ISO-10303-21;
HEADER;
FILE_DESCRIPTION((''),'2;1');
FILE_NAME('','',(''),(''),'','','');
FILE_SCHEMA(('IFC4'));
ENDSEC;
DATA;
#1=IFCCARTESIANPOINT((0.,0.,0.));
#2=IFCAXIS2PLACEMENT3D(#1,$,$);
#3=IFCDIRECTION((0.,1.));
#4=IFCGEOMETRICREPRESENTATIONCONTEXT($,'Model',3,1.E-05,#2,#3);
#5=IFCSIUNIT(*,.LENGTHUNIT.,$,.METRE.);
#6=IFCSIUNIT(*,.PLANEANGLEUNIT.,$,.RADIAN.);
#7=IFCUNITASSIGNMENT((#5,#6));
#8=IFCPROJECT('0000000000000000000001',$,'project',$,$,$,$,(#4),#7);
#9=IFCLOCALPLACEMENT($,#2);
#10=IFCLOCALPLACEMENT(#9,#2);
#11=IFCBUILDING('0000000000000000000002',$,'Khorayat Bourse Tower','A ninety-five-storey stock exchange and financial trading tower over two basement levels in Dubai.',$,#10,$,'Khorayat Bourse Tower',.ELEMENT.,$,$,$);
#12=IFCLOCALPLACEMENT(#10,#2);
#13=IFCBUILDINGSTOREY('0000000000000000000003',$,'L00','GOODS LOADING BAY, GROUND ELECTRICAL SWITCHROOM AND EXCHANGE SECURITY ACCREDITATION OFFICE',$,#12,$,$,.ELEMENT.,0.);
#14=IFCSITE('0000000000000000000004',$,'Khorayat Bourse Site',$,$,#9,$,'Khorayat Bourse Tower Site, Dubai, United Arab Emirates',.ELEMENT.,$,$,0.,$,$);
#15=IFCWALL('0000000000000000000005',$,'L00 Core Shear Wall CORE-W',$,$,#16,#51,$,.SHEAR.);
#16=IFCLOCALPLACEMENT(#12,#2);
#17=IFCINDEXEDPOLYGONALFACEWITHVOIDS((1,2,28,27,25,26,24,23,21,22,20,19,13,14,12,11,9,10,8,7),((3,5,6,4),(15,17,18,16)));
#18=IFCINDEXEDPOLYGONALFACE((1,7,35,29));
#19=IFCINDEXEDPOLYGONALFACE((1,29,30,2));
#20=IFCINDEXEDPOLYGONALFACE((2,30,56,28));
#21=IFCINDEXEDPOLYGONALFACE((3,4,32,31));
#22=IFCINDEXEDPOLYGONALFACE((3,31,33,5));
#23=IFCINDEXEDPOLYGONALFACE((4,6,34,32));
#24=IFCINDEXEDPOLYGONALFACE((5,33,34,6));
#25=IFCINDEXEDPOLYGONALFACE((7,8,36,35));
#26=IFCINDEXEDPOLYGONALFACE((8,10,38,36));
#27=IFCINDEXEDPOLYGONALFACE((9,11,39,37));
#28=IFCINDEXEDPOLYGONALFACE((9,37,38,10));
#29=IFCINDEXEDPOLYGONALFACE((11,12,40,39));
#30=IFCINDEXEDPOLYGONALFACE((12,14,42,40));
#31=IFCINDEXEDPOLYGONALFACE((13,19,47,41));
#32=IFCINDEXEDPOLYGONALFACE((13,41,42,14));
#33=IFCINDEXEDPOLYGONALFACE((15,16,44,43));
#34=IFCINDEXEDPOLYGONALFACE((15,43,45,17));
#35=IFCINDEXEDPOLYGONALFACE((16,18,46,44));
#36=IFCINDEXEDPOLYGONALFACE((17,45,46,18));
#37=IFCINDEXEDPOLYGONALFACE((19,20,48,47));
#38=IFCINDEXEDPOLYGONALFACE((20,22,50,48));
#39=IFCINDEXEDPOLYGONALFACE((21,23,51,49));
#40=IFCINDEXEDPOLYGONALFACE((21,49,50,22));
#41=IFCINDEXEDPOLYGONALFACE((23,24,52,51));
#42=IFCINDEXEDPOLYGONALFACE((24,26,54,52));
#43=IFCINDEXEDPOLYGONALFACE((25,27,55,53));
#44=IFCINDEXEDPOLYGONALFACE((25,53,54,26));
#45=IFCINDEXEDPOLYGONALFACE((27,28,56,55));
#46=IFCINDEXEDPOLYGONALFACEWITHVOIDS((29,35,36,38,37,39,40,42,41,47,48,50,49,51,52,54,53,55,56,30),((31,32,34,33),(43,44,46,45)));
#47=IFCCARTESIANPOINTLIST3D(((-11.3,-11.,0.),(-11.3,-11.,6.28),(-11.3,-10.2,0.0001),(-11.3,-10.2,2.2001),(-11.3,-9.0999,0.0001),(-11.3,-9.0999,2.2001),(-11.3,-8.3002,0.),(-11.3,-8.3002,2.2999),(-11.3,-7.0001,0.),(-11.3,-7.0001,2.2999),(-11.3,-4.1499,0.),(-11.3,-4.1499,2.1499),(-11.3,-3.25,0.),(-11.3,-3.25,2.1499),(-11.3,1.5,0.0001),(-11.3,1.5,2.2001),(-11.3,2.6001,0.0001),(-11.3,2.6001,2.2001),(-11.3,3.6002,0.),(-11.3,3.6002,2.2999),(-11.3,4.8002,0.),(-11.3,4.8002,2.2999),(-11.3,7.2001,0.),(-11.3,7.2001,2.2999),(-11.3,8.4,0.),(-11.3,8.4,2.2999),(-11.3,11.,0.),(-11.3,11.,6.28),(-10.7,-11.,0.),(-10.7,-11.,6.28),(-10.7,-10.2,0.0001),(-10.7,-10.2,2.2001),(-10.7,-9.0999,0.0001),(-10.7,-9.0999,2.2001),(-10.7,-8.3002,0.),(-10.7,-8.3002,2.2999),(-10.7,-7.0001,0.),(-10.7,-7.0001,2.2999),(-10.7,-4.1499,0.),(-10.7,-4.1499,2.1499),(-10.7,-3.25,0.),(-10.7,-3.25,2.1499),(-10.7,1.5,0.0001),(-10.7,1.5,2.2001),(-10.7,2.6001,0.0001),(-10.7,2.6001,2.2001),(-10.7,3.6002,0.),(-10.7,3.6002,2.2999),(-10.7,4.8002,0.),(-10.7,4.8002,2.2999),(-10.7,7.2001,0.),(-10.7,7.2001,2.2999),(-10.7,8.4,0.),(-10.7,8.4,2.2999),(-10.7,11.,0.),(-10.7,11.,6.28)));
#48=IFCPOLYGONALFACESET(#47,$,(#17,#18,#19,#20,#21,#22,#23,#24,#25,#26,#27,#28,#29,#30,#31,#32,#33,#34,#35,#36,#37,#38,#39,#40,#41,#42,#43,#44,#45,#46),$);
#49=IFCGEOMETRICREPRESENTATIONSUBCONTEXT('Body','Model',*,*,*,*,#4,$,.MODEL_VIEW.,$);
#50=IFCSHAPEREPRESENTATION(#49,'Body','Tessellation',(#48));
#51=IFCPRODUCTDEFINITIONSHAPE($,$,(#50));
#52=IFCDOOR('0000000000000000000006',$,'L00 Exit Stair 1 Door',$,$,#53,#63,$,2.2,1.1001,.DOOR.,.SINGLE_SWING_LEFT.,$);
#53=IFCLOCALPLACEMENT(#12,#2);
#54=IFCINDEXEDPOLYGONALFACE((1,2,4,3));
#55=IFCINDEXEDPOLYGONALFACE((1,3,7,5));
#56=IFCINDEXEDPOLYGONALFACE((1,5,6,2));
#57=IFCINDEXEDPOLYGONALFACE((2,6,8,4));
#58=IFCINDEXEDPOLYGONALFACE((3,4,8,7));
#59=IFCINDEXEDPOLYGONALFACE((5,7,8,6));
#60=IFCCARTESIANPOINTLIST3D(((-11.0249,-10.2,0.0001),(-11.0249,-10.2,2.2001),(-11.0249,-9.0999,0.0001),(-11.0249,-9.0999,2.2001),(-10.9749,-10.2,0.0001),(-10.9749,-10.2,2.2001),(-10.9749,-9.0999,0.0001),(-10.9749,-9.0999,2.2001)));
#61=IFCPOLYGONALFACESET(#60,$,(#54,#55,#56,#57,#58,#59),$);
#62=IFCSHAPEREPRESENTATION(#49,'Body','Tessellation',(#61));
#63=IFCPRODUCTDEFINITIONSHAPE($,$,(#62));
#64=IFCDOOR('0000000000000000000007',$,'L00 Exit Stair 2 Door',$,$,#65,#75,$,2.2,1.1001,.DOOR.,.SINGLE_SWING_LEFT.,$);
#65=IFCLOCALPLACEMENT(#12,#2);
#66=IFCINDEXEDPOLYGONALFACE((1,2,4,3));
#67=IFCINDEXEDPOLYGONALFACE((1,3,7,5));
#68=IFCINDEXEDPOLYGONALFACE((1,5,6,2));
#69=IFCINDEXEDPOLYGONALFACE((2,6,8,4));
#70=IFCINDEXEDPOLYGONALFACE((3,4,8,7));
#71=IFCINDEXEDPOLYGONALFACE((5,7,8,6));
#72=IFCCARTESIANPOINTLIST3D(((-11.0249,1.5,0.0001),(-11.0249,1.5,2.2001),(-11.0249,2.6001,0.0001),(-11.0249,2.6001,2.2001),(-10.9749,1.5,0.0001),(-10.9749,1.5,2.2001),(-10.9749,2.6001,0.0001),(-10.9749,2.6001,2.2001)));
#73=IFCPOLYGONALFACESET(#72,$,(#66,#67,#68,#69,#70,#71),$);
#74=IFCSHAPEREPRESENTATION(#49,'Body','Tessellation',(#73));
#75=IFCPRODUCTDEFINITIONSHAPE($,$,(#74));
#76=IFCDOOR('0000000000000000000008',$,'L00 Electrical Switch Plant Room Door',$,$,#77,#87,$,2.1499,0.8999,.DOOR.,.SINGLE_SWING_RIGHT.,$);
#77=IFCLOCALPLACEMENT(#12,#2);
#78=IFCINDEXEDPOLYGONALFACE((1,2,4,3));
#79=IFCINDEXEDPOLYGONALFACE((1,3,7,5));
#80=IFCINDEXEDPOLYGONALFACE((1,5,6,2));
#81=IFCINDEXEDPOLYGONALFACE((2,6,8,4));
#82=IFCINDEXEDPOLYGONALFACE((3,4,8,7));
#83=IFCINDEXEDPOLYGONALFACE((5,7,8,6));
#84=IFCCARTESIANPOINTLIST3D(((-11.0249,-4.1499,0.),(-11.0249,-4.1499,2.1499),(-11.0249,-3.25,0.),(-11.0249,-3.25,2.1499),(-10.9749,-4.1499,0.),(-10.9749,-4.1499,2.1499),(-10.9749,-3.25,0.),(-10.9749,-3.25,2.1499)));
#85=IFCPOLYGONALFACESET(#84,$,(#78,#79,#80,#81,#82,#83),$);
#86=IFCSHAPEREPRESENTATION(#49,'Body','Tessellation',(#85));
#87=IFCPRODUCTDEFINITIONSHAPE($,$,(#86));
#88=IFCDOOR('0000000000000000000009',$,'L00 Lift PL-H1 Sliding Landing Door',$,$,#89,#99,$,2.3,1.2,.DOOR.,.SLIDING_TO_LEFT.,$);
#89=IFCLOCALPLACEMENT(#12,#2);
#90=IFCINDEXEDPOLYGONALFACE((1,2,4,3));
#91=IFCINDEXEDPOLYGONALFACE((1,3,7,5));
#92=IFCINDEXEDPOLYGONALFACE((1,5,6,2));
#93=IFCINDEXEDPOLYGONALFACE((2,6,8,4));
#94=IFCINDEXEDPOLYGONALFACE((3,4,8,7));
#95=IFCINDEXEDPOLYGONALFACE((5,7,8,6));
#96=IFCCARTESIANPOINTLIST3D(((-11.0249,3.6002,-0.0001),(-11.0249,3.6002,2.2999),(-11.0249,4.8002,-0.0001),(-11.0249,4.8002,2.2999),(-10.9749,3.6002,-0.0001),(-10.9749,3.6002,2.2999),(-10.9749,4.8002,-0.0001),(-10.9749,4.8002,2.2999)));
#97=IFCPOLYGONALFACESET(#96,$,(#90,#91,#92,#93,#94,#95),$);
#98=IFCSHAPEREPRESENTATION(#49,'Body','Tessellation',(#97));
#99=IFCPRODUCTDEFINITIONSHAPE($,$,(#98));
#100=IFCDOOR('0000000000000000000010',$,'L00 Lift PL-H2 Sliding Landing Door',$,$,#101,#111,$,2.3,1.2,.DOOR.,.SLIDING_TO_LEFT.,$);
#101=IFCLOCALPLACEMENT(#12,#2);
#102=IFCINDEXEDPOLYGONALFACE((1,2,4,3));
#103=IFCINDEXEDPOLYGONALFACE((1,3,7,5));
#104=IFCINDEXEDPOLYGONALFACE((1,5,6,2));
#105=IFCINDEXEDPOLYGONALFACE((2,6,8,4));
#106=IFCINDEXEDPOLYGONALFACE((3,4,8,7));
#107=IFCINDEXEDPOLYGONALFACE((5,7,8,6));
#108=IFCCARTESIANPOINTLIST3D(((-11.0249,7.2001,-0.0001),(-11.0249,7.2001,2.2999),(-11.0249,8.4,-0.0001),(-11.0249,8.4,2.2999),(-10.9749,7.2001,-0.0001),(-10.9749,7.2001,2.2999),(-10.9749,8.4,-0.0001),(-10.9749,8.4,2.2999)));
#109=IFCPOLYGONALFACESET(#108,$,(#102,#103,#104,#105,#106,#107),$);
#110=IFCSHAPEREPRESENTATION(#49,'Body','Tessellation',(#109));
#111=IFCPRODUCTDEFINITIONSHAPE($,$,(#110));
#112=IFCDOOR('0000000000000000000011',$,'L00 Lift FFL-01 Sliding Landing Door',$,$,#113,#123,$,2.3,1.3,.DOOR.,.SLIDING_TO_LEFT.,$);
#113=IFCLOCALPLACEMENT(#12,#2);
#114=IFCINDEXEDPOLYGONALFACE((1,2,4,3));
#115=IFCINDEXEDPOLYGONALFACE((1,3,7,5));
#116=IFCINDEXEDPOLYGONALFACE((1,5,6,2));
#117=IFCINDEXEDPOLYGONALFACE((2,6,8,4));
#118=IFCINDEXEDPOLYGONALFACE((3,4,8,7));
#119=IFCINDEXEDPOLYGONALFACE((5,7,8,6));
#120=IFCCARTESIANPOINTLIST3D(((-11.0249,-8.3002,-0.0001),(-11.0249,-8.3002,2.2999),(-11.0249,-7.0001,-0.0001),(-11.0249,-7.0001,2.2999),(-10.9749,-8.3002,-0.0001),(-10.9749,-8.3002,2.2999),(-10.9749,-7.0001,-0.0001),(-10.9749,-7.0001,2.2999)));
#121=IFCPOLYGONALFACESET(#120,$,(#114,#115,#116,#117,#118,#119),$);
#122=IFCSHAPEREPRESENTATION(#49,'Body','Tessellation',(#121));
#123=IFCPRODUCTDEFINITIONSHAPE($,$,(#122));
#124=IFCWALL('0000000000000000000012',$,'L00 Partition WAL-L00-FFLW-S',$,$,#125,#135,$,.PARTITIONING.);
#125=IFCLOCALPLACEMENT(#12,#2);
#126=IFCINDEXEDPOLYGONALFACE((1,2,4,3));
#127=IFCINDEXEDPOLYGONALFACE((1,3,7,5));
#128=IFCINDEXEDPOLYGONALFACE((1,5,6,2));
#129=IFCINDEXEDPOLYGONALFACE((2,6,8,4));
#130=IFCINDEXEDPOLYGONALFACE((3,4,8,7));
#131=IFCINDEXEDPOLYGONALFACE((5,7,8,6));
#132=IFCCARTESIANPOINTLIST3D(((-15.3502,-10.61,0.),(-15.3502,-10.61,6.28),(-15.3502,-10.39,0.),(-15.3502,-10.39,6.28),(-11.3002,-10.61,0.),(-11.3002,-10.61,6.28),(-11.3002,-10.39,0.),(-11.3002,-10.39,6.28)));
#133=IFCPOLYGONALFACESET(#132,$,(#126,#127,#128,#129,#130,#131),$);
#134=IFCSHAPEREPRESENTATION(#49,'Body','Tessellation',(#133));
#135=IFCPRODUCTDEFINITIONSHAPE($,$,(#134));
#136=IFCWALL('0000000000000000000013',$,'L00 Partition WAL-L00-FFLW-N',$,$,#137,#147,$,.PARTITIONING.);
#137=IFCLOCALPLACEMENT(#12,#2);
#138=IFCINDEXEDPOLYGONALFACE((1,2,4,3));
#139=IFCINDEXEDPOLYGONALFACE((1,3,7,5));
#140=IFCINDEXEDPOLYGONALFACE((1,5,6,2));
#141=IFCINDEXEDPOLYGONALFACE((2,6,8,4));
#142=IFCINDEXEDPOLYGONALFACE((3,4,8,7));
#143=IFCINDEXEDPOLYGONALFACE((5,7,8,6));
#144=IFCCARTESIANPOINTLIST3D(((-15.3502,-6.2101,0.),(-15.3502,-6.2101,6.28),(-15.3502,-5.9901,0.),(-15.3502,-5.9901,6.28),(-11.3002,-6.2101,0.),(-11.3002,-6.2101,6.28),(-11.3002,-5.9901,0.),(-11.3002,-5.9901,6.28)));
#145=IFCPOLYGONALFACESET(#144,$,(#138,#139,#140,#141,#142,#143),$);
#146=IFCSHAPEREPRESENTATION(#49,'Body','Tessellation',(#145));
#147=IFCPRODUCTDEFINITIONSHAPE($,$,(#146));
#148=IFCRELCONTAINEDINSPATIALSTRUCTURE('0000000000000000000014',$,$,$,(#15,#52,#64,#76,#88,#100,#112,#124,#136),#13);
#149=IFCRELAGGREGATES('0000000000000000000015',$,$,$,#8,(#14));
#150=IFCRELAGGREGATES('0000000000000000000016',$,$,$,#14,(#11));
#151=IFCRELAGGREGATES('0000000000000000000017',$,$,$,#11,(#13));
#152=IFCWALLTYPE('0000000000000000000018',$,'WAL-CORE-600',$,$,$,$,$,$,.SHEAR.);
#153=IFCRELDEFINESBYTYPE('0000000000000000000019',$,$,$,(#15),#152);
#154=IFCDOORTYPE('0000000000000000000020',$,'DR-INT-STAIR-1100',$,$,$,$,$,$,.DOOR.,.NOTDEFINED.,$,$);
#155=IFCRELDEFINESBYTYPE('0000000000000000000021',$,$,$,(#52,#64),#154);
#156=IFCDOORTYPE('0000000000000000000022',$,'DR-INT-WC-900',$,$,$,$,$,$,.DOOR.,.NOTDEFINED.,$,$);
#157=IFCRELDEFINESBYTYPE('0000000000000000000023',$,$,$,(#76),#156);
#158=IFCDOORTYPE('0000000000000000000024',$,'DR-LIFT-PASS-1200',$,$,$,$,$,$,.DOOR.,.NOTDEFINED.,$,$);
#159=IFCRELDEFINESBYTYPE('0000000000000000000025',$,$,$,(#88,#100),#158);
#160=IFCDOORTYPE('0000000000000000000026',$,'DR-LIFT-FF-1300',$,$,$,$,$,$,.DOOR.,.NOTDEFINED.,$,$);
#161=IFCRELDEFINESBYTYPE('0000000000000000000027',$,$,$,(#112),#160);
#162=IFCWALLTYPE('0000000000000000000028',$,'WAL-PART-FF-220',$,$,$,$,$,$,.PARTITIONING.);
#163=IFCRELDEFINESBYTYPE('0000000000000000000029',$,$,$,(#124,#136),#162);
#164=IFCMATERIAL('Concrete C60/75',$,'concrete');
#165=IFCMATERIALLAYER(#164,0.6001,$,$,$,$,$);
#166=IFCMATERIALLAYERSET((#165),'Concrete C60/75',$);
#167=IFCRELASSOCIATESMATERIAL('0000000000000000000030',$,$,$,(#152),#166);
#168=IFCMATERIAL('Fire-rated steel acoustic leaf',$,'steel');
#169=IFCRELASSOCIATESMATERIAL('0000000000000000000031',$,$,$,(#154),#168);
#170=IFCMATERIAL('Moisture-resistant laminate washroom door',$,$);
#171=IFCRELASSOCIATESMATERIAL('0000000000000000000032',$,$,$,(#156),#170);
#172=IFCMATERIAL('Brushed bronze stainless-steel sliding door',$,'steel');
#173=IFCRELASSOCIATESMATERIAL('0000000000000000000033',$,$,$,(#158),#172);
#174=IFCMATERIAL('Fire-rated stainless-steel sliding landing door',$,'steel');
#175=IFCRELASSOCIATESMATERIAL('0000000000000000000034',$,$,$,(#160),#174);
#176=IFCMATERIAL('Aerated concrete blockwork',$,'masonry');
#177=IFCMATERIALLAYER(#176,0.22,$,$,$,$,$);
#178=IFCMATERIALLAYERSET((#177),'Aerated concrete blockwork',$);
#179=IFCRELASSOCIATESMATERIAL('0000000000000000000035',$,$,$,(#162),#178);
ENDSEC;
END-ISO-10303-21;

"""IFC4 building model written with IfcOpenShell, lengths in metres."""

from ifc_helpers import new_model, si_unit, direction, frame, frame_2d, origin, place, context, subcontext, project, spatial, rectangle, extrude, source, transform, mapped, material, layer, layer_set, type_object, element, fill, save


model = new_model("IFC4")

# Units and contexts
model_context = context("Model", 3, precision=1e-05, world=origin(), true_north=direction((0.0, 1.0)))
body_context = subcontext(model_context, "Body", "Model", "MODEL_VIEW")
ifc_project = project(units=[si_unit("LENGTHUNIT", "METRE"), si_unit("PLANEANGLEUNIT", "RADIAN")], contexts=[model_context])

# Site, building, storey
site_placement = place(None, origin())
site = spatial("IfcSite", under=ifc_project, at=site_placement, Name="Khorayat Bourse Site", LongName="Khorayat Bourse Tower Site, Dubai, United Arab Emirates", CompositionType="ELEMENT", RefElevation=0.0)
building_placement = place(site_placement, origin())
building = spatial("IfcBuilding", under=site, at=building_placement, Name="Khorayat Bourse Tower", Description="A ninety-five-storey stock exchange and financial trading tower over two basement levels in Dubai.", LongName="Khorayat Bourse Tower", CompositionType="ELEMENT")
storey_placement = place(building_placement, origin())
storey = spatial("IfcBuildingStorey", under=building, at=storey_placement, Name="L00", Description="GOODS LOADING BAY, GROUND ELECTRICAL SWITCHROOM AND EXCHANGE SECURITY ACCREDITATION OFFICE", CompositionType="ELEMENT", Elevation=0.0)

# Wall, openings, doors
ifc_material_1 = material(Name="Concrete C60/75", Category="concrete")
ifc_layer_1 = layer(ifc_material_1, 0.6001)
ifc_layer_set_1 = layer_set([ifc_layer_1], Name="Concrete C60/75")
wall_type_1 = type_object("IfcWallType", Name="WAL-CORE-600", PredefinedType="SHEAR", material=ifc_layer_set_1)
shared_shape_1 = source(origin(), body_context, "Body", "SweptSolid", [
    extrude(rectangle(XDim=22.0, YDim=0.6001, at=frame_2d((11.0, 0.0))), origin(), (0.0, 0.0, 1.0), 6.28),
])
wall_1_placement = place(storey_placement, frame((-11.0, -11.0, 0.0), z_axis=(0.0, 0.0, 1.0), x_axis=(0.0, 1.0, 0.0)))
wall_1 = element("IfcWall", 1, at=wall_1_placement, inside=storey, type_object=wall_type_1, Name="L00 Core Shear Wall CORE-W", PredefinedType="SHEAR", context=body_context, shape_type="MappedRepresentation", body=[
    mapped(shared_shape_1, transform((0.0, 0.0, 0.0), scale=1.0)),
])
shared_shape_2 = source(origin(), body_context, "Body", "SweptSolid", [
    extrude(rectangle(XDim=1.1001, YDim=2.2, at=frame_2d((0.55, 1.1001))), frame((0.0, 0.3101, 0.0), z_axis=(0.0, -1.0, 0.0), x_axis=(1.0, 0.0, 0.0)), (0.0, 0.0, 1.0), 0.6201),
])
opening_1_placement = place(wall_1_placement, frame((0.8, 0.0, 0.0)))
opening_1 = element("IfcOpeningElement", 2, at=opening_1_placement, cuts=wall_1, PredefinedType="OPENING", context=body_context, shape_type="MappedRepresentation", body=[
    mapped(shared_shape_2, transform((0.0, 0.0, 0.0), scale=1.0)),
])
opening_2_placement = place(wall_1_placement, frame((12.5, 0.0, 0.0)))
opening_2 = element("IfcOpeningElement", 3, at=opening_2_placement, cuts=wall_1, PredefinedType="OPENING", context=body_context, shape_type="MappedRepresentation", body=[
    mapped(shared_shape_2, transform((0.0, 0.0, 0.0), scale=1.0)),
])
shared_shape_3 = source(origin(), body_context, "Body", "SweptSolid", [
    extrude(rectangle(XDim=0.8999, YDim=2.1499, at=frame_2d((0.45, 1.075))), frame((0.0, 0.3101, 0.0), z_axis=(0.0, -1.0, 0.0), x_axis=(1.0, 0.0, 0.0)), (0.0, 0.0, 1.0), 0.6201),
])
opening_3_placement = place(wall_1_placement, frame((6.8501, 0.0, 0.0)))
opening_3 = element("IfcOpeningElement", 4, at=opening_3_placement, cuts=wall_1, PredefinedType="OPENING", context=body_context, shape_type="MappedRepresentation", body=[
    mapped(shared_shape_3, transform((0.0, 0.0, 0.0), scale=1.0)),
])
shared_shape_4 = source(origin(), body_context, "Body", "SweptSolid", [
    extrude(rectangle(XDim=1.2, YDim=2.3, at=frame_2d((0.6001, 1.1499))), frame((0.0, 0.3101, 0.0), z_axis=(0.0, -1.0, 0.0), x_axis=(1.0, 0.0, 0.0)), (0.0, 0.0, 1.0), 0.6201),
])
opening_4_placement = place(wall_1_placement, frame((14.6001, 0.0, 0.0)))
opening_4 = element("IfcOpeningElement", 5, at=opening_4_placement, cuts=wall_1, PredefinedType="OPENING", context=body_context, shape_type="MappedRepresentation", body=[
    mapped(shared_shape_4, transform((0.0, 0.0, 0.0), scale=1.0)),
])
opening_5_placement = place(wall_1_placement, frame((18.2, 0.0, 0.0)))
opening_5 = element("IfcOpeningElement", 6, at=opening_5_placement, cuts=wall_1, PredefinedType="OPENING", context=body_context, shape_type="MappedRepresentation", body=[
    mapped(shared_shape_4, transform((0.0, 0.0, 0.0), scale=1.0)),
])
shared_shape_5 = source(origin(), body_context, "Body", "SweptSolid", [
    extrude(rectangle(XDim=1.3, YDim=2.3, at=frame_2d((0.6499, 1.1499))), frame((0.0, 0.3101, 0.0), z_axis=(0.0, -1.0, 0.0), x_axis=(1.0, 0.0, 0.0)), (0.0, 0.0, 1.0), 0.6201),
])
opening_6_placement = place(wall_1_placement, frame((2.7, 0.0, 0.0)))
opening_6 = element("IfcOpeningElement", 7, at=opening_6_placement, cuts=wall_1, PredefinedType="OPENING", context=body_context, shape_type="MappedRepresentation", body=[
    mapped(shared_shape_5, transform((0.0, 0.0, 0.0), scale=1.0)),
])
ifc_material_2 = material(Name="Fire-rated steel acoustic leaf", Category="steel")
door_type_1 = type_object("IfcDoorType", Name="DR-INT-STAIR-1100", OperationType="NOTDEFINED", PredefinedType="DOOR", material=ifc_material_2)
shared_shape_6 = source(origin(), body_context, "Body", "SweptSolid", [
    extrude(rectangle(XDim=1.1001, YDim=2.2, at=frame_2d((0.55, 1.1001))), frame((0.0, 0.0249, 0.0), z_axis=(0.0, -1.0, 0.0), x_axis=(1.0, 0.0, 0.0)), (0.0, 0.0, 1.0), 0.05),
])
door_1_placement = place(opening_1_placement, origin())
door_1 = element("IfcDoor", 8, at=door_1_placement, inside=storey, type_object=door_type_1, Name="L00 Exit Stair 1 Door", OperationType="SINGLE_SWING_LEFT", OverallHeight=2.2, OverallWidth=1.1001, PredefinedType="DOOR", context=body_context, shape_type="MappedRepresentation", body=[
    mapped(shared_shape_6, transform((0.0, 0.0, 0.0), scale=1.0)),
])
fill(opening_1, door_1)
door_2_placement = place(opening_2_placement, origin())
door_2 = element("IfcDoor", 9, at=door_2_placement, inside=storey, type_object=door_type_1, Name="L00 Exit Stair 2 Door", OperationType="SINGLE_SWING_LEFT", OverallHeight=2.2, OverallWidth=1.1001, PredefinedType="DOOR", context=body_context, shape_type="MappedRepresentation", body=[
    mapped(shared_shape_6, transform((0.0, 0.0, 0.0), scale=1.0)),
])
fill(opening_2, door_2)
ifc_material_3 = material(Name="Moisture-resistant laminate washroom door")
door_type_2 = type_object("IfcDoorType", Name="DR-INT-WC-900", OperationType="NOTDEFINED", PredefinedType="DOOR", material=ifc_material_3)
shared_shape_7 = source(origin(), body_context, "Body", "SweptSolid", [
    extrude(rectangle(XDim=0.8999, YDim=2.1499, at=frame_2d((0.45, 1.075))), frame((0.0, 0.0249, 0.0), z_axis=(0.0, -1.0, 0.0), x_axis=(1.0, 0.0, 0.0)), (0.0, 0.0, 1.0), 0.05),
])
door_3_placement = place(opening_3_placement, origin())
door_3 = element("IfcDoor", 10, at=door_3_placement, inside=storey, type_object=door_type_2, Name="L00 Electrical Switch Plant Room Door", OperationType="SINGLE_SWING_RIGHT", OverallHeight=2.1499, OverallWidth=0.8999, PredefinedType="DOOR", context=body_context, shape_type="MappedRepresentation", body=[
    mapped(shared_shape_7, transform((0.0, 0.0, 0.0), scale=1.0)),
])
fill(opening_3, door_3)
ifc_material_4 = material(Name="Brushed bronze stainless-steel sliding door", Category="steel")
door_type_3 = type_object("IfcDoorType", Name="DR-LIFT-PASS-1200", OperationType="NOTDEFINED", PredefinedType="DOOR", material=ifc_material_4)
shared_shape_8 = source(origin(), body_context, "Body", "SweptSolid", [
    extrude(rectangle(XDim=1.2, YDim=2.3, at=frame_2d((0.6001, 1.1499))), frame((0.0, 0.0249, 0.0), z_axis=(0.0, -1.0, 0.0), x_axis=(1.0, 0.0, 0.0)), (0.0, 0.0, 1.0), 0.05),
])
door_4_placement = place(opening_4_placement, origin())
door_4 = element("IfcDoor", 11, at=door_4_placement, inside=storey, type_object=door_type_3, Name="L00 Lift PL-H1 Sliding Landing Door", OperationType="SLIDING_TO_LEFT", OverallHeight=2.3, OverallWidth=1.2, PredefinedType="DOOR", context=body_context, shape_type="MappedRepresentation", body=[
    mapped(shared_shape_8, transform((0.0, 0.0, 0.0), scale=1.0)),
])
fill(opening_4, door_4)
door_5_placement = place(opening_5_placement, origin())
door_5 = element("IfcDoor", 12, at=door_5_placement, inside=storey, type_object=door_type_3, Name="L00 Lift PL-H2 Sliding Landing Door", OperationType="SLIDING_TO_LEFT", OverallHeight=2.3, OverallWidth=1.2, PredefinedType="DOOR", context=body_context, shape_type="MappedRepresentation", body=[
    mapped(shared_shape_8, transform((0.0, 0.0, 0.0), scale=1.0)),
])
fill(opening_5, door_5)
ifc_material_5 = material(Name="Fire-rated stainless-steel sliding landing door", Category="steel")
door_type_4 = type_object("IfcDoorType", Name="DR-LIFT-FF-1300", OperationType="NOTDEFINED", PredefinedType="DOOR", material=ifc_material_5)
shared_shape_9 = source(origin(), body_context, "Body", "SweptSolid", [
    extrude(rectangle(XDim=1.3, YDim=2.3, at=frame_2d((0.6499, 1.1499))), frame((0.0, 0.0249, 0.0), z_axis=(0.0, -1.0, 0.0), x_axis=(1.0, 0.0, 0.0)), (0.0, 0.0, 1.0), 0.05),
])
door_6_placement = place(opening_6_placement, origin())
door_6 = element("IfcDoor", 13, at=door_6_placement, inside=storey, type_object=door_type_4, Name="L00 Lift FFL-01 Sliding Landing Door", OperationType="SLIDING_TO_LEFT", OverallHeight=2.3, OverallWidth=1.3, PredefinedType="DOOR", context=body_context, shape_type="MappedRepresentation", body=[
    mapped(shared_shape_9, transform((0.0, 0.0, 0.0), scale=1.0)),
])
fill(opening_6, door_6)

# Walls
ifc_material_6 = material(Name="Aerated concrete blockwork", Category="masonry")
ifc_layer_2 = layer(ifc_material_6, 0.22)
ifc_layer_set_2 = layer_set([ifc_layer_2], Name="Aerated concrete blockwork")
wall_type_2 = type_object("IfcWallType", Name="WAL-PART-FF-220", PredefinedType="PARTITIONING", material=ifc_layer_set_2)
shared_shape_10 = source(origin(), body_context, "Body", "SweptSolid", [
    extrude(rectangle(XDim=4.05, YDim=0.22, at=frame_2d((2.0249, 0.0))), origin(), (0.0, 0.0, 1.0), 6.28),
])
for number, where, z_axis, x_axis, name in (
    (14, (-15.3501, -10.5, 0.0), (0.0, 0.0, 1.0), (1.0, 0.0, 0.0), "L00 Partition WAL-L00-FFLW-S"),
    (15, (-15.3501, -6.1001, 0.0), (0.0, 0.0, 1.0), (1.0, 0.0, 0.0), "L00 Partition WAL-L00-FFLW-N"),
):
    element("IfcWall", number, at=place(storey_placement, frame(where, z_axis=z_axis, x_axis=x_axis)), inside=storey, type_object=wall_type_2, Name=name, PredefinedType="PARTITIONING", context=body_context, shape_type="MappedRepresentation", body=[
        mapped(shared_shape_10, transform((0.0, 0.0, 0.0), scale=1.0)),
    ])

save(model, "model.ifc")
